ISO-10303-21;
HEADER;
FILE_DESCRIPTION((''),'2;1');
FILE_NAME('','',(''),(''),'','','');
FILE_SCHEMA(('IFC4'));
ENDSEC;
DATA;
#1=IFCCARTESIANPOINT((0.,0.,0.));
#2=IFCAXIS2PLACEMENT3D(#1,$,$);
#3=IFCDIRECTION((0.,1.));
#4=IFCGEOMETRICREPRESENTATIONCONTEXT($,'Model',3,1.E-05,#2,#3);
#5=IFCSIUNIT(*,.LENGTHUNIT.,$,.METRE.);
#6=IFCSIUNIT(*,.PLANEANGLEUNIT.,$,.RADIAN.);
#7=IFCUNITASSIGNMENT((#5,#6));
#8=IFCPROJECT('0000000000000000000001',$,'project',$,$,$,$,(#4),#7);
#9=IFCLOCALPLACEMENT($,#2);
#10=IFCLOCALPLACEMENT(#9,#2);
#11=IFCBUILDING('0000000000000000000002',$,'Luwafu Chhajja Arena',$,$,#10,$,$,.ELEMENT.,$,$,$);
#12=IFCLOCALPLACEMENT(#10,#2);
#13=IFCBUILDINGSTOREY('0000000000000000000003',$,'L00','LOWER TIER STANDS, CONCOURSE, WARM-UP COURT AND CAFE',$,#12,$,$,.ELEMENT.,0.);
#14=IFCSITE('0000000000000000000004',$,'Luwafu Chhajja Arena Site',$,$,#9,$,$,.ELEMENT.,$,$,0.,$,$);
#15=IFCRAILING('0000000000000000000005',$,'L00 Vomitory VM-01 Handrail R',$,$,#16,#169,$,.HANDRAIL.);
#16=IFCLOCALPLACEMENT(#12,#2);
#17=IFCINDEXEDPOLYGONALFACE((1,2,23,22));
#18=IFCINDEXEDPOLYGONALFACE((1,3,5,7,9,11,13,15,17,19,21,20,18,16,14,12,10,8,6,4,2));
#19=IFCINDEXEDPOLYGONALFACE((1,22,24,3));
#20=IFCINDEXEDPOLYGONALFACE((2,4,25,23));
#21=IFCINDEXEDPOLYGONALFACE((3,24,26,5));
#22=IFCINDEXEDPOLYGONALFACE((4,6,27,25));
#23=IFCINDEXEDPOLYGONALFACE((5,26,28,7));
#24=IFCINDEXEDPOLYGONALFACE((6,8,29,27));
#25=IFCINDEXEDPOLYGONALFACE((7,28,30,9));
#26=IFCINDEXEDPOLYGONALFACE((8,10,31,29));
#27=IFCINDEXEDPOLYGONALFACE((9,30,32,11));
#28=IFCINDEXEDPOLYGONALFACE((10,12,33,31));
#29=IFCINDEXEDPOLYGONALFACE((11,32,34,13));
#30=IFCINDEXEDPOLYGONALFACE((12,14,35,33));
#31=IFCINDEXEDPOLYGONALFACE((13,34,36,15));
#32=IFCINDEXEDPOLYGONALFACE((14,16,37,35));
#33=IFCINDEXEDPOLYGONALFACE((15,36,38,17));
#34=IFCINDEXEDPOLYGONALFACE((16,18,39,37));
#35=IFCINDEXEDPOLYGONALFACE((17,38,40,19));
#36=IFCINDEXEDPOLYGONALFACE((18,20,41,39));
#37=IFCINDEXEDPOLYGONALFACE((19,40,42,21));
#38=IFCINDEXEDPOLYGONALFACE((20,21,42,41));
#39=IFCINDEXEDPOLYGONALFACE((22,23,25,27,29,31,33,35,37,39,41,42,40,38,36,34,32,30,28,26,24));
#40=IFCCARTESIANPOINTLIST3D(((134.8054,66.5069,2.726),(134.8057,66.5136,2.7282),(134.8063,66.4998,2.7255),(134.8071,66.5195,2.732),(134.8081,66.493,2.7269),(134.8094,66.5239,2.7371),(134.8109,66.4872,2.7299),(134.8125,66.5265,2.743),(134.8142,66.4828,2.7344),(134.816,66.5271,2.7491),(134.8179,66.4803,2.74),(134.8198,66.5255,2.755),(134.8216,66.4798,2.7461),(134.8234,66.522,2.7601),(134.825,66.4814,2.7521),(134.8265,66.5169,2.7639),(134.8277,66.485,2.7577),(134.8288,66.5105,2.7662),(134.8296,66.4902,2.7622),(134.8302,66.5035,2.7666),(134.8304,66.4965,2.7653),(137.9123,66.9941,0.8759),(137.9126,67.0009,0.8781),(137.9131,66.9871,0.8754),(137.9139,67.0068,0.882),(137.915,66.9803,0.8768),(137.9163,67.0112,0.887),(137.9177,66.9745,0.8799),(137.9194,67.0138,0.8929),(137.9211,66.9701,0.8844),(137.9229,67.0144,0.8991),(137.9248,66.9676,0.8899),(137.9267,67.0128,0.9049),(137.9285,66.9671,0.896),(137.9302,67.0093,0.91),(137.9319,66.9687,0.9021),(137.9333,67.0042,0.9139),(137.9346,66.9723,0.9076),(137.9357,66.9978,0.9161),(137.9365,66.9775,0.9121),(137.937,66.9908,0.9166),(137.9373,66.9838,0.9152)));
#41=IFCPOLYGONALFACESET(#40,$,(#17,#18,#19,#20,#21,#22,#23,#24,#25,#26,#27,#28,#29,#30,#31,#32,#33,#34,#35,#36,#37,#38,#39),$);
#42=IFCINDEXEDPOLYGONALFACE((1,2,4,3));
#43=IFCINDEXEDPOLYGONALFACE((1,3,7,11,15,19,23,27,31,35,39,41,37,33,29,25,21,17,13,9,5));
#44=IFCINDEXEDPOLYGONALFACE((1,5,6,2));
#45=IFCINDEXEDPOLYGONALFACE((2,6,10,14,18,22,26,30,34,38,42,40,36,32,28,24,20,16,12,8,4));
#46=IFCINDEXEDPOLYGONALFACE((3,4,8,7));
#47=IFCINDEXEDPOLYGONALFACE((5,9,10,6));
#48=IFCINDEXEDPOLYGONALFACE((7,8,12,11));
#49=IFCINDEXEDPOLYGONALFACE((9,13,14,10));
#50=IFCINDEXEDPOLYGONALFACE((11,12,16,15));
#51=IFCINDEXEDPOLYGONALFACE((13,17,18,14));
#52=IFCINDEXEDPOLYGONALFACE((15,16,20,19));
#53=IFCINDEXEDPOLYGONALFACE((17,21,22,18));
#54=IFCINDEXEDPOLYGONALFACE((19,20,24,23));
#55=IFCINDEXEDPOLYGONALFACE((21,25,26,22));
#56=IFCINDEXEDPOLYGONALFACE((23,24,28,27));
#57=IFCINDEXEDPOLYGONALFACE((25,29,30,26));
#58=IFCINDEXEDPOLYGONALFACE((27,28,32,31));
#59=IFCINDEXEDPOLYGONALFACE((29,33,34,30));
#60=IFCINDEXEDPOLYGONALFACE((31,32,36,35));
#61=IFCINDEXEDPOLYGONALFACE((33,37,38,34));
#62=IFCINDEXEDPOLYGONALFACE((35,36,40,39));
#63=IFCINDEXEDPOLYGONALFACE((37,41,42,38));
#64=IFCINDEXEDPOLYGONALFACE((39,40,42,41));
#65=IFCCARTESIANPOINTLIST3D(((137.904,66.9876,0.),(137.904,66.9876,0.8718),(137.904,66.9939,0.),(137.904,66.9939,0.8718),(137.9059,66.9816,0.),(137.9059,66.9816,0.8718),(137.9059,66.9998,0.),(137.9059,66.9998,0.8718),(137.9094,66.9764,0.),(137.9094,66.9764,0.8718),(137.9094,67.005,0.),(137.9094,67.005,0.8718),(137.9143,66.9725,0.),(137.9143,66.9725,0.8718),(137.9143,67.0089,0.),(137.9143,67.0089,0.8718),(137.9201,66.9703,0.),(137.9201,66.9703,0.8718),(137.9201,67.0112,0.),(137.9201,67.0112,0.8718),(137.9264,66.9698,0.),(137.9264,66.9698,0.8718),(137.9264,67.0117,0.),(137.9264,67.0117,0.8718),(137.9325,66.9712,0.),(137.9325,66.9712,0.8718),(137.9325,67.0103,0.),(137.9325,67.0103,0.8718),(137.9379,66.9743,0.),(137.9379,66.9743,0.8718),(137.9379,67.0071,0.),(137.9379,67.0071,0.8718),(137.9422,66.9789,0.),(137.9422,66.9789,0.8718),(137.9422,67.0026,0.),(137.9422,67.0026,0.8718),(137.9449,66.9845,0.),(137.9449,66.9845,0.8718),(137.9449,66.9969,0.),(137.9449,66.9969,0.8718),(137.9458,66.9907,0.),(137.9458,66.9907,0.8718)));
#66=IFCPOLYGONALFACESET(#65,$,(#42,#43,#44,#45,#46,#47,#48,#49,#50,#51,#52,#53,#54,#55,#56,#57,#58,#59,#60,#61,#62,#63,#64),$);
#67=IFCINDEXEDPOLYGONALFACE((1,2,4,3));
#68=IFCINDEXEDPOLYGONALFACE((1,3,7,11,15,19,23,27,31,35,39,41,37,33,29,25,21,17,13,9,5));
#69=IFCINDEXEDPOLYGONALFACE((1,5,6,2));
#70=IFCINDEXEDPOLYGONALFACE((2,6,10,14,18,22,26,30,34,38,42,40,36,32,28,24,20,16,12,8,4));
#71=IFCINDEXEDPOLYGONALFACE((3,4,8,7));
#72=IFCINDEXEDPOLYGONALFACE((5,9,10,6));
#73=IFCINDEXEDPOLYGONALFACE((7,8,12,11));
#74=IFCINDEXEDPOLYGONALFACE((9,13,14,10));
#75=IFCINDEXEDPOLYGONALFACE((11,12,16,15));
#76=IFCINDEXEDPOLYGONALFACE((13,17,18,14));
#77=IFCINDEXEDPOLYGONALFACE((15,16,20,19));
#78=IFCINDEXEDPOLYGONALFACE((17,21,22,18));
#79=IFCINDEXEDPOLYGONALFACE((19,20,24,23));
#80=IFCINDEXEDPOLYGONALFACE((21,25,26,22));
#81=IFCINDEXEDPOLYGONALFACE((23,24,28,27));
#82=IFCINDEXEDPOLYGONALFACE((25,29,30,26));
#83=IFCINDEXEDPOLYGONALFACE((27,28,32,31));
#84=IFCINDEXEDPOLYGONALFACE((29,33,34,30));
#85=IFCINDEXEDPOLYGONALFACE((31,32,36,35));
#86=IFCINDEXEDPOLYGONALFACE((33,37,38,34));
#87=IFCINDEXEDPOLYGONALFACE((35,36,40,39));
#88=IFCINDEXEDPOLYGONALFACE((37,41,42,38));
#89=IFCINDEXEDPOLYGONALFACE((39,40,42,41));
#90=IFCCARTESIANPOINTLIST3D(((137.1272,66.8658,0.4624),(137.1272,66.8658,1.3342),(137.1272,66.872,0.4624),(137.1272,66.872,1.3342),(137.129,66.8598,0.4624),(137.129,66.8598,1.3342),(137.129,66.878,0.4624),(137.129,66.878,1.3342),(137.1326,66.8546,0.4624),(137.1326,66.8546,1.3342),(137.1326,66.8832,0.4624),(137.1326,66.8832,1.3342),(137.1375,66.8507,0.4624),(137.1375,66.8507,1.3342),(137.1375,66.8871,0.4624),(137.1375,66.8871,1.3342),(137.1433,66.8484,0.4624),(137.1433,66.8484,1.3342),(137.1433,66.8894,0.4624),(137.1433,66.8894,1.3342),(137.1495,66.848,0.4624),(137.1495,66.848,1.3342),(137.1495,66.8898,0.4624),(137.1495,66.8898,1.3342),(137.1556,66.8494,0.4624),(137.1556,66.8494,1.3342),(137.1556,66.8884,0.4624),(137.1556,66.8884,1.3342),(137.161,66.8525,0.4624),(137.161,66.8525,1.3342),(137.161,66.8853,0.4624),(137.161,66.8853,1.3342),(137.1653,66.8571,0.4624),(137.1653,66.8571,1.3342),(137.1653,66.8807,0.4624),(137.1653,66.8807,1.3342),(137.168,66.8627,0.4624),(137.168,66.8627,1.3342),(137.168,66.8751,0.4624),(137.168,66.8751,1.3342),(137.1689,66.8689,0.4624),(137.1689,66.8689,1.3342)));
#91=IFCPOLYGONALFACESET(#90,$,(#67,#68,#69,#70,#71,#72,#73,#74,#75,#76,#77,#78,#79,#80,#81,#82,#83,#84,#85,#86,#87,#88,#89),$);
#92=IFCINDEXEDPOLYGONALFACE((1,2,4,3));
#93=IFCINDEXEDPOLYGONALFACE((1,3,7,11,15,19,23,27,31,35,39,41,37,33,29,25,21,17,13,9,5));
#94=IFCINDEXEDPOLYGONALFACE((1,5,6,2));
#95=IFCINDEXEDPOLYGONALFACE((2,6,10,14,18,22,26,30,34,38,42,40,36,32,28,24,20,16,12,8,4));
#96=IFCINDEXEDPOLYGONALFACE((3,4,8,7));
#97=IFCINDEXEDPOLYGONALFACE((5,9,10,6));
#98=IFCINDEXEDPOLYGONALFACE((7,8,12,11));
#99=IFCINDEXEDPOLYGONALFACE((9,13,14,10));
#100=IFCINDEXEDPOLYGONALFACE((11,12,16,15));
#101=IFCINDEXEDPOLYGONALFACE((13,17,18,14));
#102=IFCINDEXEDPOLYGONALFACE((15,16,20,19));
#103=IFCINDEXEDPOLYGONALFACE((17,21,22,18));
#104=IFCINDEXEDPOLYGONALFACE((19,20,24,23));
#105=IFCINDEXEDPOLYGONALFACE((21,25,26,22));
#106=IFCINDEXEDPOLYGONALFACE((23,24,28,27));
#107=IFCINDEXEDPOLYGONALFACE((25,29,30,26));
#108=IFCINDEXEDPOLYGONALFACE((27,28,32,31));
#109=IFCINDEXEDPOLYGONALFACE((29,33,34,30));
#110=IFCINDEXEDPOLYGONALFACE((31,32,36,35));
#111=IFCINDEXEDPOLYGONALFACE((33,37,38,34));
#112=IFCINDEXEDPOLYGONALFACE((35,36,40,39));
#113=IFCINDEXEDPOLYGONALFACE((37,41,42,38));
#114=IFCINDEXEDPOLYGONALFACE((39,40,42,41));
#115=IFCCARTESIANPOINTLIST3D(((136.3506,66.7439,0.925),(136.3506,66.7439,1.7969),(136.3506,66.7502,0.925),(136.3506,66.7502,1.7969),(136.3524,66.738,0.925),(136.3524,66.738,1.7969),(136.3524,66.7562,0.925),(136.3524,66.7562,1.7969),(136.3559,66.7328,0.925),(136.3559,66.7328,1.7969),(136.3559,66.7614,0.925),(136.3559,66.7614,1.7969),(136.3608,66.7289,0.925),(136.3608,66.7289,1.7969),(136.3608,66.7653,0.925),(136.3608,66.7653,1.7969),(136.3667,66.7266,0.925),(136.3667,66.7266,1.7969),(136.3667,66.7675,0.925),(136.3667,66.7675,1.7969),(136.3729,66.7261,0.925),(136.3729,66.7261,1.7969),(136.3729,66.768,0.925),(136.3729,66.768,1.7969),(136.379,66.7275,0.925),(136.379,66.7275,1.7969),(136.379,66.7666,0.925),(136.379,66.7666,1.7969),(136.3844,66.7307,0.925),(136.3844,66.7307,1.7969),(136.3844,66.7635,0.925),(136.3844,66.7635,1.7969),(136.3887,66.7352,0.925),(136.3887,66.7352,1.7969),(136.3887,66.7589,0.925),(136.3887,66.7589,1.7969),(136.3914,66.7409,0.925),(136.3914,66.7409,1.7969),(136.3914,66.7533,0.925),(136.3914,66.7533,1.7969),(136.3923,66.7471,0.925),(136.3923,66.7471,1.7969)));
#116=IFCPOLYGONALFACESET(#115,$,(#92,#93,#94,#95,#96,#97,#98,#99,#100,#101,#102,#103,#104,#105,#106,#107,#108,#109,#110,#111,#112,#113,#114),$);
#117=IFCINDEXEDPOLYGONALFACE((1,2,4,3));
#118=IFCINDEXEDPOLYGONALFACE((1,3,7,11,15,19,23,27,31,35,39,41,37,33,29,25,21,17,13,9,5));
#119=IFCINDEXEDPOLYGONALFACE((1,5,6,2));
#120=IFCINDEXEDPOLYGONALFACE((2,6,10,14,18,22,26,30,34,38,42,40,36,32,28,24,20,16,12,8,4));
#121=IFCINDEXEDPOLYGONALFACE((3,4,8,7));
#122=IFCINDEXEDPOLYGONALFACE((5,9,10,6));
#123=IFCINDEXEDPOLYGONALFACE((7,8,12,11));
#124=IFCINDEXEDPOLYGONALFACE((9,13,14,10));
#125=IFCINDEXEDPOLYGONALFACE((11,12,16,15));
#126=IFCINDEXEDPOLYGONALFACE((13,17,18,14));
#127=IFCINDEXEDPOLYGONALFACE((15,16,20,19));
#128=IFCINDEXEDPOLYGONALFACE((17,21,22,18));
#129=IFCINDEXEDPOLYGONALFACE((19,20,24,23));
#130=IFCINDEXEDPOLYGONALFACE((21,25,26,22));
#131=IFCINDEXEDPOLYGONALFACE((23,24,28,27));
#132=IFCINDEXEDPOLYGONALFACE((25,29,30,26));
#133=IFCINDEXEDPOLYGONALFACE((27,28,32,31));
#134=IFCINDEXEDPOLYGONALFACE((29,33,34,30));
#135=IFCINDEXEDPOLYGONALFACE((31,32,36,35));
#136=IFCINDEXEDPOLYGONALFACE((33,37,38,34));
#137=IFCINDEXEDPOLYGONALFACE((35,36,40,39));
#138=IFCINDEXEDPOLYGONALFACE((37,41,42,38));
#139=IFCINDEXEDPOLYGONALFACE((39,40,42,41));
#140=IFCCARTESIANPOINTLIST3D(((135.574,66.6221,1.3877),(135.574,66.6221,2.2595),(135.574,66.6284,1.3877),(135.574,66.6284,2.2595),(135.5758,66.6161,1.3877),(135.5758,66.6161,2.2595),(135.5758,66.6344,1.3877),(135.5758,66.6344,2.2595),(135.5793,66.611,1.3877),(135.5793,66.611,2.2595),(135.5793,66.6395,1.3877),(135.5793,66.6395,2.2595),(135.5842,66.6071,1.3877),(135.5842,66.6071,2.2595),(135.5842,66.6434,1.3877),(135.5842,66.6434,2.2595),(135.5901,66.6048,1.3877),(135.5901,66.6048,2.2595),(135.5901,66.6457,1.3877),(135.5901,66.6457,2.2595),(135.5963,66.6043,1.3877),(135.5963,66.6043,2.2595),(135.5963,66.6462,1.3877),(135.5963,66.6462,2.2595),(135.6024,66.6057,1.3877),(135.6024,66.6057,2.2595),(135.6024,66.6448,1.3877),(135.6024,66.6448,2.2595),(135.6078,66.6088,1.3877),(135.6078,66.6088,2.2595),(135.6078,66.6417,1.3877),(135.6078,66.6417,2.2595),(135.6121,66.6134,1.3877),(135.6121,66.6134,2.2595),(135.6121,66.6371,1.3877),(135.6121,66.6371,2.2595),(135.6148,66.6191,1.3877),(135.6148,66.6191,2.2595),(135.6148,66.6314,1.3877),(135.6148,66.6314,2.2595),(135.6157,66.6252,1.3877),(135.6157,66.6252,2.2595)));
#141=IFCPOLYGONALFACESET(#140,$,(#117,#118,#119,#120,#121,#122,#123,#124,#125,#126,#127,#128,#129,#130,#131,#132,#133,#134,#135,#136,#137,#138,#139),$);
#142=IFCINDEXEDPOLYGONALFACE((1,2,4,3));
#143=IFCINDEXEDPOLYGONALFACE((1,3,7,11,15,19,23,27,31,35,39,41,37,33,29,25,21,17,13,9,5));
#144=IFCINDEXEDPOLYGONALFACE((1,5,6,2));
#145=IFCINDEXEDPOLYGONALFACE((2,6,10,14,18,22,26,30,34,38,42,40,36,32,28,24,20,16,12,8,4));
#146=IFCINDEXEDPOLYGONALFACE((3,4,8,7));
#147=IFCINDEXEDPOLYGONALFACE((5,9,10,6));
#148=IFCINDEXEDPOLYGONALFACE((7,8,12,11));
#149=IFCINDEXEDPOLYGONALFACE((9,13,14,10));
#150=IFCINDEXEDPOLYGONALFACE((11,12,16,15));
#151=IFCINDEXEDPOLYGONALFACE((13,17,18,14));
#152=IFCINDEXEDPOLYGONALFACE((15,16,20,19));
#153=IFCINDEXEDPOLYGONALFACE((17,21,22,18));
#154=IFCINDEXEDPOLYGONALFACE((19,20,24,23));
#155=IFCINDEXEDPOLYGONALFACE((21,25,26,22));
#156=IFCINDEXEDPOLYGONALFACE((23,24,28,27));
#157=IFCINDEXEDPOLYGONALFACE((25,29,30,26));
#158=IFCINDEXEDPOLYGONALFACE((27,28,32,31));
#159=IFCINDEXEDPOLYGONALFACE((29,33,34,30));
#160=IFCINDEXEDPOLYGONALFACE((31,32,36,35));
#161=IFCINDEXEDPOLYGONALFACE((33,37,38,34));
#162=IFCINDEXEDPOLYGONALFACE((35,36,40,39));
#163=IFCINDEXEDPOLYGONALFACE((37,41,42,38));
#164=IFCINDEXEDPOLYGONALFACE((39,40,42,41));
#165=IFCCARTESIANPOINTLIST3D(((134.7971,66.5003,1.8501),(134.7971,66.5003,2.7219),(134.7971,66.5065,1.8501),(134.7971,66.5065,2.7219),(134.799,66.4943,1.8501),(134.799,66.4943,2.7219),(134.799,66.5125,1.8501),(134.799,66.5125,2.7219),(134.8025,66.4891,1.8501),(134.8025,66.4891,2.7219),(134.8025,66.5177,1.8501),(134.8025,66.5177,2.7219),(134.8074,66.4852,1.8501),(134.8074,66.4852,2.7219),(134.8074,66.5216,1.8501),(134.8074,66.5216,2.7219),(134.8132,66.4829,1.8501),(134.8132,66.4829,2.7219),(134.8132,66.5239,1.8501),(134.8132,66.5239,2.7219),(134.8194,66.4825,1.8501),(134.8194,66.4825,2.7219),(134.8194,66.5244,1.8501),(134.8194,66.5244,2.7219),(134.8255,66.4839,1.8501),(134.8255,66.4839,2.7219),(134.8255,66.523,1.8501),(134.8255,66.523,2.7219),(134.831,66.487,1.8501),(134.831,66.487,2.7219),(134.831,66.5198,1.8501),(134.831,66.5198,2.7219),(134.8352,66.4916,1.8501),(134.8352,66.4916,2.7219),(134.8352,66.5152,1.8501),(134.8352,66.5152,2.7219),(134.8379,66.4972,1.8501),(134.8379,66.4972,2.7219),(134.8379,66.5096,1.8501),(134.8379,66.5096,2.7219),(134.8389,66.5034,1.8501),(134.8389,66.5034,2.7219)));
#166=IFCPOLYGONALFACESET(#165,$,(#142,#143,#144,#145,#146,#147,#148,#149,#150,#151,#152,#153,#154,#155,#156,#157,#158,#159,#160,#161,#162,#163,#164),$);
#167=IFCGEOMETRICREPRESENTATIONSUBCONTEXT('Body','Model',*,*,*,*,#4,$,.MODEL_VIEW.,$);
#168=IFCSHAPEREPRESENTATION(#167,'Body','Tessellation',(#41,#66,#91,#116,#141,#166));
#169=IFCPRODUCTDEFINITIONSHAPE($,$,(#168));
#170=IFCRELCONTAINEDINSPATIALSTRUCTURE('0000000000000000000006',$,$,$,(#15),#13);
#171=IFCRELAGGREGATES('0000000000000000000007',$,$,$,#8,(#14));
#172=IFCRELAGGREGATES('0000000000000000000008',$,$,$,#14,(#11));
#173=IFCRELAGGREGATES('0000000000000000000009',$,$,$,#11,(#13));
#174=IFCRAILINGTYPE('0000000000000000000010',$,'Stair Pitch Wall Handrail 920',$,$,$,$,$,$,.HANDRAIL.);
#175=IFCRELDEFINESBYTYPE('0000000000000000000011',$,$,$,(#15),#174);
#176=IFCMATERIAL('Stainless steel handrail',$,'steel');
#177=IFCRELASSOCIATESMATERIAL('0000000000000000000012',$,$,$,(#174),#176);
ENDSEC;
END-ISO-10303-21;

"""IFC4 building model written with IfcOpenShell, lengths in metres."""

from ifc_helpers import new_model, si_unit, direction, frame, origin, origin_2d, place, context, subcontext, project, spatial, circle, extrude, material, type_object, element, save


model = new_model("IFC4")

# Units and contexts
model_context = context("Model", 3, precision=1e-05, world=origin(), true_north=direction((0.0, 1.0)))
body_context = subcontext(model_context, "Body", "Model", "MODEL_VIEW")
ifc_project = project(units=[si_unit("LENGTHUNIT", "METRE"), si_unit("PLANEANGLEUNIT", "RADIAN")], contexts=[model_context])

# Site, building, storey
site_placement = place(None, origin())
site = spatial("IfcSite", under=ifc_project, at=site_placement, Name="Luwafu Chhajja Arena Site", CompositionType="ELEMENT", RefElevation=0.0)
building_placement = place(site_placement, origin())
building = spatial("IfcBuilding", under=site, at=building_placement, Name="Luwafu Chhajja Arena", CompositionType="ELEMENT")
storey_placement = place(building_placement, origin())
storey = spatial("IfcBuildingStorey", under=building, at=storey_placement, Name="L00", Description="LOWER TIER STANDS, CONCOURSE, WARM-UP COURT AND CAFE", CompositionType="ELEMENT", Elevation=0.0)

# Railing
ifc_material_1 = material(Name="Stainless steel handrail", Category="steel")
railing_type_1 = type_object("IfcRailingType", Name="Stair Pitch Wall Handrail 920", PredefinedType="HANDRAIL", material=ifc_material_1)
for number, where, name in (
    (1, (137.9248, 66.9907, 0.0), "L00 Vomitory VM-01 Handrail R"),
):
    element("IfcRailing", number, at=place(storey_placement, frame(where)), inside=storey, type_object=railing_type_1, Name=name, PredefinedType="HANDRAIL", context=body_context, shape_type="SweptSolid", body=[
        extrude(circle(Radius=0.0239, at=origin_2d()), frame((0.0, 0.0, 0.896), z_axis=(-0.851507, -0.133554, 0.50705), x_axis=(0.15495, -0.987922, 0.0)), (0.0, 0.0, 1.0), 3.6487),
        extrude(circle(Radius=0.021, at=origin_2d()), origin(), (0.0, 0.0, 1.0), 0.8718),
        extrude(circle(Radius=0.021, at=origin_2d()), frame((-0.7769, -0.1218, 0.4624)), (0.0, 0.0, 1.0), 0.8718),
        extrude(circle(Radius=0.021, at=origin_2d()), frame((-1.5535, -0.2437, 0.925)), (0.0, 0.0, 1.0), 0.8718),
        extrude(circle(Radius=0.021, at=origin_2d()), frame((-2.3301, -0.3655, 1.3877)), (0.0, 0.0, 1.0), 0.8718),
        extrude(circle(Radius=0.021, at=origin_2d()), frame((-3.1069, -0.4873, 1.8501)), (0.0, 0.0, 1.0), 0.8718),
    ])

save(model, "model.ifc")
